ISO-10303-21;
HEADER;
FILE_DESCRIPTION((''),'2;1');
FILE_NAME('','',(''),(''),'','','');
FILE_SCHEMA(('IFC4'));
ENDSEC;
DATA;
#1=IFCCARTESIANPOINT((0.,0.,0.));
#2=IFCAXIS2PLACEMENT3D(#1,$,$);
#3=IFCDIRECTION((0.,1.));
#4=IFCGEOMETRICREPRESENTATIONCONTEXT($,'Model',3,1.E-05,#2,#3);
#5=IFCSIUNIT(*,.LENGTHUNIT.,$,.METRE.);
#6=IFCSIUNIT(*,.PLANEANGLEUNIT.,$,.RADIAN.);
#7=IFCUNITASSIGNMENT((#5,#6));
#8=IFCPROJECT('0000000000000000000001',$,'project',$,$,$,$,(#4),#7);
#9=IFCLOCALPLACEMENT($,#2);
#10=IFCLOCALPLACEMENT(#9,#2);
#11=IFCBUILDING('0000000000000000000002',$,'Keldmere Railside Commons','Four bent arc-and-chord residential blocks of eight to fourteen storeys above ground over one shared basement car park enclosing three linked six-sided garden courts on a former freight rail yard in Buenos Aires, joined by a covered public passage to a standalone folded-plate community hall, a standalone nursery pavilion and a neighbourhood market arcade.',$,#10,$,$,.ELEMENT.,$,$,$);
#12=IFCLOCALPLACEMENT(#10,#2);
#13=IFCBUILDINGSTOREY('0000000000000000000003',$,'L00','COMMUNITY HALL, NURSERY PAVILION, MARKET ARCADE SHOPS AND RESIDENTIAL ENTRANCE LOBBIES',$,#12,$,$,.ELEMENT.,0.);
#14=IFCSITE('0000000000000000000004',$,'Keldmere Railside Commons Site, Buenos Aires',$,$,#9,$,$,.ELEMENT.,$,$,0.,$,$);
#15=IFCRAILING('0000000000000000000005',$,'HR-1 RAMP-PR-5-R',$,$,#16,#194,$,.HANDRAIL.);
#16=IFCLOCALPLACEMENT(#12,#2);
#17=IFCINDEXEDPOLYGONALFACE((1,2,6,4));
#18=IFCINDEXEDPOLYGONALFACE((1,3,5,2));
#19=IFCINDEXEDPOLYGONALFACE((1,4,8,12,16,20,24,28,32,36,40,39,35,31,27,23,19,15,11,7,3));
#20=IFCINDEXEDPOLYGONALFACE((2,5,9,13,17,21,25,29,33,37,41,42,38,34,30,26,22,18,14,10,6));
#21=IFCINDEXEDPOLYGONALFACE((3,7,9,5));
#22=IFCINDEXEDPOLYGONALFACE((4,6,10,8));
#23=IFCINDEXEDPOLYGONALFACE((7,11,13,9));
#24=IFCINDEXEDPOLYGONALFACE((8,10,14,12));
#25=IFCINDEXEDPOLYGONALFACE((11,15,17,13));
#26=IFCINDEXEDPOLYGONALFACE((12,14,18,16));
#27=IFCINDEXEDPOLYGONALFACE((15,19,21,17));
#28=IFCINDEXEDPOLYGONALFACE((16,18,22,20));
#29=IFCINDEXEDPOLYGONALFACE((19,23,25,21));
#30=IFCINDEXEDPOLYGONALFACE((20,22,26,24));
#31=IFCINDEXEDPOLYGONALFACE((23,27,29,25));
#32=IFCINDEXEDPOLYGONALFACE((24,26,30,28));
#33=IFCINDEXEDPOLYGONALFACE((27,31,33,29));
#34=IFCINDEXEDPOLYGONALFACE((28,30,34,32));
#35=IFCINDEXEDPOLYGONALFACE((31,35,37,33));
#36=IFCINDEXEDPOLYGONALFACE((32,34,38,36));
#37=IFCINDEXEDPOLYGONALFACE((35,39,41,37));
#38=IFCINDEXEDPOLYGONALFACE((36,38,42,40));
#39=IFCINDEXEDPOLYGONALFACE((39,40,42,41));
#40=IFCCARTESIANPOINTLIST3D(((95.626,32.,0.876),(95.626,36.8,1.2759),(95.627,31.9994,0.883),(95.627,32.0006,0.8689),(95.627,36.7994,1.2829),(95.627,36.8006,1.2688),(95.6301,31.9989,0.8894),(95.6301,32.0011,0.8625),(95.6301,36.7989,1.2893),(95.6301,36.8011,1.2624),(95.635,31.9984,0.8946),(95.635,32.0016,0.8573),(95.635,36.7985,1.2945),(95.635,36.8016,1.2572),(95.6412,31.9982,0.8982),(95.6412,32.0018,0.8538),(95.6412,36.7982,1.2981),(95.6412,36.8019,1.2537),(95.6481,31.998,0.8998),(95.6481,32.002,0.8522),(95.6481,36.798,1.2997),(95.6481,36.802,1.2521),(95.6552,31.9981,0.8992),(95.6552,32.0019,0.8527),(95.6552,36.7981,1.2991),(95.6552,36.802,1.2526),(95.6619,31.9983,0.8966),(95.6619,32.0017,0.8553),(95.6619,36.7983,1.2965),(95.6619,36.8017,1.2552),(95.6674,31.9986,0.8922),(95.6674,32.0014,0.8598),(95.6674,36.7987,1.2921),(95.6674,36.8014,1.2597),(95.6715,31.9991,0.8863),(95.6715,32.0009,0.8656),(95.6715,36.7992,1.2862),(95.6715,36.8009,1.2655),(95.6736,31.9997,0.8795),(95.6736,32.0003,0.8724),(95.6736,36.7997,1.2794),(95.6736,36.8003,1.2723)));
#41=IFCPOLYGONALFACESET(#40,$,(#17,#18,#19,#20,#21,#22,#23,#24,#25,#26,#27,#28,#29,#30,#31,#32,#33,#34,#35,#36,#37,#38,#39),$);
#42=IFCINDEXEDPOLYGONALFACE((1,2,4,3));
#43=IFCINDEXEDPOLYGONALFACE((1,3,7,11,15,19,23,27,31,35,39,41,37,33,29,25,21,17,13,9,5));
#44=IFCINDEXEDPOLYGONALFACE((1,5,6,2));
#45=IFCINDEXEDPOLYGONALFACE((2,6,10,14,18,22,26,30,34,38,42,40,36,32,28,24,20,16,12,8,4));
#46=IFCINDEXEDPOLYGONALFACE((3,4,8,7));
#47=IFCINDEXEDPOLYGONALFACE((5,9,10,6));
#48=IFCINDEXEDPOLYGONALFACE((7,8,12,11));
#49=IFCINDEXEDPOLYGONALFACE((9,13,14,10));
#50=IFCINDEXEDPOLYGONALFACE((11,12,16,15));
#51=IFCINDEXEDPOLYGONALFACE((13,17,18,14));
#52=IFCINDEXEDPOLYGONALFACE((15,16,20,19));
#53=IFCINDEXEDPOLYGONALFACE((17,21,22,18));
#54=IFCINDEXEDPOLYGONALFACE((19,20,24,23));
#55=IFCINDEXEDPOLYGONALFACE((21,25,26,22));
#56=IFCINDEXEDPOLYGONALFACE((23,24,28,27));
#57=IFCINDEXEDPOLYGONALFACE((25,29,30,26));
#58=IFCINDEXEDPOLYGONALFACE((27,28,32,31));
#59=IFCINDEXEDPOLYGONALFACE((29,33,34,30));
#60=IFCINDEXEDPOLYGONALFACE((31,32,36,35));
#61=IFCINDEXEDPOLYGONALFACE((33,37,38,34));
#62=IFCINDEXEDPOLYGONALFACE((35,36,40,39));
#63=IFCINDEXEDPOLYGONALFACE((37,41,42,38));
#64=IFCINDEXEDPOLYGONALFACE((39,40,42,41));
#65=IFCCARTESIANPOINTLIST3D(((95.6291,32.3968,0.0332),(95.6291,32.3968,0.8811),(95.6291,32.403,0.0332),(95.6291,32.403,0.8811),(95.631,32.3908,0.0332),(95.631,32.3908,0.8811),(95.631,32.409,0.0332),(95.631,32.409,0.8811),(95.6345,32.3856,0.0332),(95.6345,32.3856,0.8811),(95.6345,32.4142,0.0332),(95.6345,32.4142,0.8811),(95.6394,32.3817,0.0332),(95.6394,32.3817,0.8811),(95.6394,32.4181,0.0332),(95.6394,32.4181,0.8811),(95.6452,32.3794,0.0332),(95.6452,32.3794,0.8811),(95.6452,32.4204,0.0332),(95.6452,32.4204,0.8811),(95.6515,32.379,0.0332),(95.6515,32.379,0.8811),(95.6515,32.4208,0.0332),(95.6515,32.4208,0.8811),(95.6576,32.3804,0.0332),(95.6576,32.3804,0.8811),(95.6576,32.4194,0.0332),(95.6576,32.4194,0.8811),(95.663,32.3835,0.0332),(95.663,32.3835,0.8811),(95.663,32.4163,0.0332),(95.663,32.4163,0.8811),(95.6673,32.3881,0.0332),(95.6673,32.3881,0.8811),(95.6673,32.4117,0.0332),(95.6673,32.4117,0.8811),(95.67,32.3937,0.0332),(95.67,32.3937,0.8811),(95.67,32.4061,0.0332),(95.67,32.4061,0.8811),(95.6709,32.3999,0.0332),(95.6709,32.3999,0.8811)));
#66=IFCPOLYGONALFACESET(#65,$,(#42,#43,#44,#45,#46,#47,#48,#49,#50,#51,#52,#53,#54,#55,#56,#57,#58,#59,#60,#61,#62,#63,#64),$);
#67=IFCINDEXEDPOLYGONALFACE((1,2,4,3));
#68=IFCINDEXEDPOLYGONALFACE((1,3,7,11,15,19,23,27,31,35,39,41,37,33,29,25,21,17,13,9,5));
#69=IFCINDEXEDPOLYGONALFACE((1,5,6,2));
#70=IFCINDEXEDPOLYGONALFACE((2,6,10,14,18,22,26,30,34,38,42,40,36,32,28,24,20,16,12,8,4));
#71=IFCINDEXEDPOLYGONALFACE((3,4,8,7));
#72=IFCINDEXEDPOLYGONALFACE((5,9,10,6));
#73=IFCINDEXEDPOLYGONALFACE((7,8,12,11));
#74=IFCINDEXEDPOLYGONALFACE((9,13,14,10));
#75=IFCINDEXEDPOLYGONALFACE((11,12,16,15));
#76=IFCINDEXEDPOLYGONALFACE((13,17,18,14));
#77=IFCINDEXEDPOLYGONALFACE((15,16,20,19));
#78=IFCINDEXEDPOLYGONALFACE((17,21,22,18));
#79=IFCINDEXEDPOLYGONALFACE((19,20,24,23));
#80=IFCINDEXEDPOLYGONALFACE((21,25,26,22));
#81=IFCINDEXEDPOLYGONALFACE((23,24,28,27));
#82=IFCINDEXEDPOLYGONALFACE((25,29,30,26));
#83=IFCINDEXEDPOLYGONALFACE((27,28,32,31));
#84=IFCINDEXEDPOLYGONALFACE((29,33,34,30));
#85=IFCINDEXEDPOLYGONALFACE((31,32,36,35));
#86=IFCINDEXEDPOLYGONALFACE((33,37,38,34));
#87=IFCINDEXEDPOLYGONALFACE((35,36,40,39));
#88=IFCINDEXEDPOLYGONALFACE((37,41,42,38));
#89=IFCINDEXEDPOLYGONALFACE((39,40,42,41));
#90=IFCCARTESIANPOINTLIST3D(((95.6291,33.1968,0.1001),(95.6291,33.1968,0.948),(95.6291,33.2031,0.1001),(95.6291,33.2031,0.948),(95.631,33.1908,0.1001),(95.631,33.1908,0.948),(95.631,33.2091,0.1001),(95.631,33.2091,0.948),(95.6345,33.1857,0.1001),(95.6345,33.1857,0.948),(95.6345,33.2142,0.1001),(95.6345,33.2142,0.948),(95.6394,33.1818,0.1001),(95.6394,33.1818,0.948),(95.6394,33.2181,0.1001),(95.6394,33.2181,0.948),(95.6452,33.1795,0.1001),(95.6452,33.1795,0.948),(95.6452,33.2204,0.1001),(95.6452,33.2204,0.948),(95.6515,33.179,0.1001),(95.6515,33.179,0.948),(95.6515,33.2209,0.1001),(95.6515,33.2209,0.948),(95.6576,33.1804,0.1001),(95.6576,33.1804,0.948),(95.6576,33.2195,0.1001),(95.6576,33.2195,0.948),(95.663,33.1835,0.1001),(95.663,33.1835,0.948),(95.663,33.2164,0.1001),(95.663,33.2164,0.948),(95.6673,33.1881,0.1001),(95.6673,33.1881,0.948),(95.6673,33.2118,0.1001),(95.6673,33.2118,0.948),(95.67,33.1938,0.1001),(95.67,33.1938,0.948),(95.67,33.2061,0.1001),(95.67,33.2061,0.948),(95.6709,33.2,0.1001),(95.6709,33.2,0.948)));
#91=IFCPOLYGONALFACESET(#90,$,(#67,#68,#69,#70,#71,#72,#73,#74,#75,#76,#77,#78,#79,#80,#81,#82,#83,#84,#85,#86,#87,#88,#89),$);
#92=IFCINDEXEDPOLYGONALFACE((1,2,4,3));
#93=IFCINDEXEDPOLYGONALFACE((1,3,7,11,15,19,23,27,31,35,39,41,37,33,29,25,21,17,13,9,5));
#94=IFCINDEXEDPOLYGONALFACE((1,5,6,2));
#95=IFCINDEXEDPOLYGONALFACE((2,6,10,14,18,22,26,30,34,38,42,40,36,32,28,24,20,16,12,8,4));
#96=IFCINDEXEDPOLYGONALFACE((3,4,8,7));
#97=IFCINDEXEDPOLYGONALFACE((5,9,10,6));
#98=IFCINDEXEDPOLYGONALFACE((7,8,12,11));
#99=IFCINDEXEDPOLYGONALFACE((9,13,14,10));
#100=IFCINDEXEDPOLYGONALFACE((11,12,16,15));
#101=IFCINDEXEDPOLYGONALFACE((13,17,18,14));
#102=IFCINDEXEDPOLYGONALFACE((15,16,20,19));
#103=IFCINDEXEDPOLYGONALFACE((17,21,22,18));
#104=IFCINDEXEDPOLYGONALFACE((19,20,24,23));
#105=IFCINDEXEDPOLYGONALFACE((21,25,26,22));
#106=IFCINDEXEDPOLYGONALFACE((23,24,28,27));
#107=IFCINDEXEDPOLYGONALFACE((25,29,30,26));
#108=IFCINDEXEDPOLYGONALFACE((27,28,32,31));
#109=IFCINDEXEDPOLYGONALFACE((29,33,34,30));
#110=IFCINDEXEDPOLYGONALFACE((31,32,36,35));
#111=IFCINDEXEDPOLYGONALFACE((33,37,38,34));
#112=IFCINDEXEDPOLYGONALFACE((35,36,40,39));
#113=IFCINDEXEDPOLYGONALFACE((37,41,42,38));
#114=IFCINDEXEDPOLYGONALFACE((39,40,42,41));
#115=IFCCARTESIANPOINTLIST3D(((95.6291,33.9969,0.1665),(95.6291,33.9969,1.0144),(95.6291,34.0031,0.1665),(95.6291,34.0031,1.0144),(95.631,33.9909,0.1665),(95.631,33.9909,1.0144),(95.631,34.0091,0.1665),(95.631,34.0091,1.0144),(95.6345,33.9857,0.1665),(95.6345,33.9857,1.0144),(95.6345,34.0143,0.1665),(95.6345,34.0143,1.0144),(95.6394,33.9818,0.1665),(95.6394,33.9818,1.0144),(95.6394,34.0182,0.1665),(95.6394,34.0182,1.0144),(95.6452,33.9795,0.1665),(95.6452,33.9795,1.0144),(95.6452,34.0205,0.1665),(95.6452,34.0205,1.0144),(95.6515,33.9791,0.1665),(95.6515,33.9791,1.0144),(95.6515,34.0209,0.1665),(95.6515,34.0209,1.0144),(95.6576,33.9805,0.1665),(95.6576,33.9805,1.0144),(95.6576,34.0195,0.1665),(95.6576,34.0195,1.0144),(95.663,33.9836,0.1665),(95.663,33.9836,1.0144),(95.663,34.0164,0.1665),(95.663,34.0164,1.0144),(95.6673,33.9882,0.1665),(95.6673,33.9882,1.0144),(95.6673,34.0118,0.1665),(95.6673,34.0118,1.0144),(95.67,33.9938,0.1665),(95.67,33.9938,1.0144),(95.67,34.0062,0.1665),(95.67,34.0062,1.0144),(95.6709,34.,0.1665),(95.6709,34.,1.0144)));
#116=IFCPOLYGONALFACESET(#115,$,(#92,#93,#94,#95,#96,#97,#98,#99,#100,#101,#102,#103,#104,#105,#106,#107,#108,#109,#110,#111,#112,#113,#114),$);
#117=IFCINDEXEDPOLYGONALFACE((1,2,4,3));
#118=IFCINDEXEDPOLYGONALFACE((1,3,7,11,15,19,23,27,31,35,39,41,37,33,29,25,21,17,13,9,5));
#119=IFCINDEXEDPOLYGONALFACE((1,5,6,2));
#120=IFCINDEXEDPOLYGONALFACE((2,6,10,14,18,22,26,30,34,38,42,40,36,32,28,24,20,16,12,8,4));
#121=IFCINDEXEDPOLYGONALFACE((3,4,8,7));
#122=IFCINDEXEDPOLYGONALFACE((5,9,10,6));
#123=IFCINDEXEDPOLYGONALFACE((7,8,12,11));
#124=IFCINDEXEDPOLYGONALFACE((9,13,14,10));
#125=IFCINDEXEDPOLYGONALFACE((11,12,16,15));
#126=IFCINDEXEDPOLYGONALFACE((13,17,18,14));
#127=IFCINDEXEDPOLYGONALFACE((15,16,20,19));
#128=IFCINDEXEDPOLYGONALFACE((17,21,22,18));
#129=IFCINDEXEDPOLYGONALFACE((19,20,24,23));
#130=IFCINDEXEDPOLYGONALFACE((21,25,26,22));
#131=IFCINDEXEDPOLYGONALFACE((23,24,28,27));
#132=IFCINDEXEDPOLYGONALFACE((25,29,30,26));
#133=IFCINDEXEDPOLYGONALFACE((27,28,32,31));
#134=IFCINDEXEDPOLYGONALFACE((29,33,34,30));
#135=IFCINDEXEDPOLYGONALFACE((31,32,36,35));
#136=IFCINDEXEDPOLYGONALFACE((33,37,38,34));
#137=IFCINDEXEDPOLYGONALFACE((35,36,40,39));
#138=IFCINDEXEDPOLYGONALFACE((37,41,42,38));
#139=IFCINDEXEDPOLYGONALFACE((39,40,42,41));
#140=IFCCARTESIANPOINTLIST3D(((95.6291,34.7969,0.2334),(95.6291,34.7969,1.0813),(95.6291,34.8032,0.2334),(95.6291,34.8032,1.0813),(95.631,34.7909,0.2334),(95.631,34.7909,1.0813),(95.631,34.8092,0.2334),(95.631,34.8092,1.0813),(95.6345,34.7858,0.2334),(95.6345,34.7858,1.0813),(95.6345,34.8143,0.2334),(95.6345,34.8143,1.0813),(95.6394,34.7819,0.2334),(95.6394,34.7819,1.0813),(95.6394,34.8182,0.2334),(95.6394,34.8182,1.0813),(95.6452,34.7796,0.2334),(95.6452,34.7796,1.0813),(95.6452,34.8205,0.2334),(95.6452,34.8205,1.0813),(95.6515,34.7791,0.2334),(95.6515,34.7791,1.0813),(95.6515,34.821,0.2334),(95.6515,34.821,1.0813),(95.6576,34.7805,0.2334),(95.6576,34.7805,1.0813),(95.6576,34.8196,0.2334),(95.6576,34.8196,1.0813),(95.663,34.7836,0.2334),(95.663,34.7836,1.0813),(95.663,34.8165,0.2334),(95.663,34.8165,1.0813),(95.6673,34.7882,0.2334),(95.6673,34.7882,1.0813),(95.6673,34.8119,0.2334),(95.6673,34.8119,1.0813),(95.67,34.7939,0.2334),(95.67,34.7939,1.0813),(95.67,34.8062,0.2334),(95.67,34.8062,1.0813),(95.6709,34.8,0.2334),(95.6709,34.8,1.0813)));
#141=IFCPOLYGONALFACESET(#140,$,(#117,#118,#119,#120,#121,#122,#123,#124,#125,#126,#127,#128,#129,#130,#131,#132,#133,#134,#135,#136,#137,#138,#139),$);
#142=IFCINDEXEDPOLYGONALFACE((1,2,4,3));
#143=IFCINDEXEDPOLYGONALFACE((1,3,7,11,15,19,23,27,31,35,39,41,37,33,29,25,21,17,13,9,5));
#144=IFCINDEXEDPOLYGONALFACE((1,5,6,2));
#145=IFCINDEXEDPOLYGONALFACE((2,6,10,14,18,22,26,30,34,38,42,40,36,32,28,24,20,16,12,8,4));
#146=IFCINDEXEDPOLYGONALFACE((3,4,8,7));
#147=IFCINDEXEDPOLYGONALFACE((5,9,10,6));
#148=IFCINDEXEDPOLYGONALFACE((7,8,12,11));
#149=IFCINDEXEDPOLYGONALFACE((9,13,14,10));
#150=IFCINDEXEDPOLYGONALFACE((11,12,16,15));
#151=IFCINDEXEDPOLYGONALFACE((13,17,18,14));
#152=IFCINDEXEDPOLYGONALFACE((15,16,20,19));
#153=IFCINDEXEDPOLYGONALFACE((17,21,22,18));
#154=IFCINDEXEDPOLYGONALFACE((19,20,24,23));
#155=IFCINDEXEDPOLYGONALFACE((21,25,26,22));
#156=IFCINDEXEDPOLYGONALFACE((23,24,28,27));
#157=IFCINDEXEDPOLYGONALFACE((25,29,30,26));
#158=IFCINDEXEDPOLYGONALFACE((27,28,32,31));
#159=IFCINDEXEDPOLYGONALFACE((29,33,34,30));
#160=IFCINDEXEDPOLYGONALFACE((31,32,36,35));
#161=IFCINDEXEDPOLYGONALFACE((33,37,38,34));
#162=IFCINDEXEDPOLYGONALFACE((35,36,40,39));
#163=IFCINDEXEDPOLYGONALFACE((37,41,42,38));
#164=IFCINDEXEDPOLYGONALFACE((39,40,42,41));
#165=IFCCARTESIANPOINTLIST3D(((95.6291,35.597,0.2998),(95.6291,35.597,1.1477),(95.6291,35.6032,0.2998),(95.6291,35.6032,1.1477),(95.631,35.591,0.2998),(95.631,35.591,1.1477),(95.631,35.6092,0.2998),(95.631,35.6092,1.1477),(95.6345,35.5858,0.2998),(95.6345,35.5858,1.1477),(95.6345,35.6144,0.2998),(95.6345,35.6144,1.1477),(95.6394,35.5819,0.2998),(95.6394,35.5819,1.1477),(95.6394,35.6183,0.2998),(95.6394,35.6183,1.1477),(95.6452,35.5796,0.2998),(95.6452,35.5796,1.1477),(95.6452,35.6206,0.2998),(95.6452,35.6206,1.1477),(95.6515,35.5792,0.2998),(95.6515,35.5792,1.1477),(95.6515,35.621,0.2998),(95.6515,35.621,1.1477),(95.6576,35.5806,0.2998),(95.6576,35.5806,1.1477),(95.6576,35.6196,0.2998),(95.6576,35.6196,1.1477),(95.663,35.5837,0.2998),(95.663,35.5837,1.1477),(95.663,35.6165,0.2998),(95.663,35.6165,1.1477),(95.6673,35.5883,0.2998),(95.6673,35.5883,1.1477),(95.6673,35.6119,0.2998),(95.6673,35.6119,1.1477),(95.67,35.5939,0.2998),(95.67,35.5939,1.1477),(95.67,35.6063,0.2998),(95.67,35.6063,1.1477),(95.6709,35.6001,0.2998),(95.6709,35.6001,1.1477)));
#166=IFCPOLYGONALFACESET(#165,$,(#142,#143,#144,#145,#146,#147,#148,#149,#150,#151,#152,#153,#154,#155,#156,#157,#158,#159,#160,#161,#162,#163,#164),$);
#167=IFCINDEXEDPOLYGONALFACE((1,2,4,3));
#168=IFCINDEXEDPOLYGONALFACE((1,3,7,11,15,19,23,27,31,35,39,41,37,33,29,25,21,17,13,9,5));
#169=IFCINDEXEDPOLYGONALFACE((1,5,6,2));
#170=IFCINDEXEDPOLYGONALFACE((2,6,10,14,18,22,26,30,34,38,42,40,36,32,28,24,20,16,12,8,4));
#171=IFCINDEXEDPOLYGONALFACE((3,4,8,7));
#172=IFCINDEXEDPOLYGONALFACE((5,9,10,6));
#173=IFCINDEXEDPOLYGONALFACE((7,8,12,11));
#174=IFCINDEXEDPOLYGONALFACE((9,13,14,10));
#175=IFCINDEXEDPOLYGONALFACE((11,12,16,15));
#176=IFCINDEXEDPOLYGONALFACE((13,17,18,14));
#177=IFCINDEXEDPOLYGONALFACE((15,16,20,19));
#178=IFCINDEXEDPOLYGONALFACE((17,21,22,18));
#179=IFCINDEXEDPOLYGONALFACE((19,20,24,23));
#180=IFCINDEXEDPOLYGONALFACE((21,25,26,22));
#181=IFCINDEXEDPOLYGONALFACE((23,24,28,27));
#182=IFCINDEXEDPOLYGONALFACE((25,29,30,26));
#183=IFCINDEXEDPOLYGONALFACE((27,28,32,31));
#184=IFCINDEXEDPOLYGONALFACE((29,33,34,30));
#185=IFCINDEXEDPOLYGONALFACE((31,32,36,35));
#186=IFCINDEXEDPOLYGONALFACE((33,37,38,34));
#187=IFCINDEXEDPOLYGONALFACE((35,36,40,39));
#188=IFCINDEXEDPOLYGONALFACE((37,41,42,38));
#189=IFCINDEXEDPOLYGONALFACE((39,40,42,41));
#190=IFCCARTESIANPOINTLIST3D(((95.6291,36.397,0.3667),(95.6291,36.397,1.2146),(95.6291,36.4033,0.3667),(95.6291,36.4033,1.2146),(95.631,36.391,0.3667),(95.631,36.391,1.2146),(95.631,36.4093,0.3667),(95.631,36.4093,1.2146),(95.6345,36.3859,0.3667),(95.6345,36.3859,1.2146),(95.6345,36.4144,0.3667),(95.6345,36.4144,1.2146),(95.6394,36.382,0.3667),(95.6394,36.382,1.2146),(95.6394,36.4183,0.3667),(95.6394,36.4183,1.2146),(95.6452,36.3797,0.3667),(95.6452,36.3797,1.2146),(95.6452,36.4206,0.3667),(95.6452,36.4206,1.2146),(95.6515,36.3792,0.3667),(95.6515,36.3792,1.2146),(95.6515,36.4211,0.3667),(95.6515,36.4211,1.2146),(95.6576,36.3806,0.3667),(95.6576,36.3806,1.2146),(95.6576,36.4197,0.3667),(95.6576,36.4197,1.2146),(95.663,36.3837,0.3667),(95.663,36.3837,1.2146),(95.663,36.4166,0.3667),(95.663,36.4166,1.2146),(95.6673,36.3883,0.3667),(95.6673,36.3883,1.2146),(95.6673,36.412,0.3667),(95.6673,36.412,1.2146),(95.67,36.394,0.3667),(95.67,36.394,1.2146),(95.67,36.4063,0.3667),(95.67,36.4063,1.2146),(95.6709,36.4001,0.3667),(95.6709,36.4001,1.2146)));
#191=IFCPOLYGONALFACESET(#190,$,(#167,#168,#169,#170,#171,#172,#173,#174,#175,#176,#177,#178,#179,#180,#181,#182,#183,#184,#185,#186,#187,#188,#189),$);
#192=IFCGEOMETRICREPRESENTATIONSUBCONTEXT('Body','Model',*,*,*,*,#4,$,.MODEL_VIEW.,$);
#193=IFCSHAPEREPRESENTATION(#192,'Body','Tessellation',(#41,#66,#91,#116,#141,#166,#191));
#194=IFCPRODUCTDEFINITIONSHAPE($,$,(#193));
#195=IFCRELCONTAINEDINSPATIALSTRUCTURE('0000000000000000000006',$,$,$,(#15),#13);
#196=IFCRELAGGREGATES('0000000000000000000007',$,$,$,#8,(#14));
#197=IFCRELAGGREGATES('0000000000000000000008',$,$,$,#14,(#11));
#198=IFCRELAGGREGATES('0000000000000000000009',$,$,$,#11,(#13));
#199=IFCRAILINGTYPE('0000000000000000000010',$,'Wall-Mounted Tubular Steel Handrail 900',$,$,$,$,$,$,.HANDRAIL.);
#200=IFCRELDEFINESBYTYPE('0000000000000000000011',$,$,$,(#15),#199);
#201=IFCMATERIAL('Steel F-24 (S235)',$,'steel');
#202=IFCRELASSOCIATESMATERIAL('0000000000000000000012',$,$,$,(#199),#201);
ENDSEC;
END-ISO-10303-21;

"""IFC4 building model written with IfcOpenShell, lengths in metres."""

from ifc_helpers import new_model, si_unit, direction, frame, origin, origin_2d, place, context, subcontext, project, spatial, circle, extrude, material, type_object, element, save


model = new_model("IFC4")

# Units and contexts
model_context = context("Model", 3, precision=1e-05, world=origin(), true_north=direction((0.0, 1.0)))
body_context = subcontext(model_context, "Body", "Model", "MODEL_VIEW")
ifc_project = project(units=[si_unit("LENGTHUNIT", "METRE"), si_unit("PLANEANGLEUNIT", "RADIAN")], contexts=[model_context])

# Site, building, storey
site_placement = place(None, origin())
site = spatial("IfcSite", under=ifc_project, at=site_placement, Name="Keldmere Railside Commons Site, Buenos Aires", CompositionType="ELEMENT", RefElevation=0.0)
building_placement = place(site_placement, origin())
building = spatial("IfcBuilding", under=site, at=building_placement, Name="Keldmere Railside Commons", Description="Four bent arc-and-chord residential blocks of eight to fourteen storeys above ground over one shared basement car park enclosing three linked six-sided garden courts on a former freight rail yard in Buenos Aires, joined by a covered public passage to a standalone folded-plate community hall, a standalone nursery pavilion and a neighbourhood market arcade.", CompositionType="ELEMENT")
storey_placement = place(building_placement, origin())
storey = spatial("IfcBuildingStorey", under=building, at=storey_placement, Name="L00", Description="COMMUNITY HALL, NURSERY PAVILION, MARKET ARCADE SHOPS AND RESIDENTIAL ENTRANCE LOBBIES", CompositionType="ELEMENT", Elevation=0.0)

# Railing
ifc_material_1 = material(Name="Steel F-24 (S235)", Category="steel")
railing_type_1 = type_object("IfcRailingType", Name="Wall-Mounted Tubular Steel Handrail 900", PredefinedType="HANDRAIL", material=ifc_material_1)
for number, where, name in (
    (1, (95.6499, 32.0, 0.0), "HR-1 RAMP-PR-5-R"),
):
    element("IfcRailing", number, at=place(storey_placement, frame(where)), inside=storey, type_object=railing_type_1, Name=name, PredefinedType="HANDRAIL", context=body_context, shape_type="SweptSolid", body=[
        extrude(circle(Radius=0.0239, at=origin_2d()), frame((0.0, 0.0, 0.876), z_axis=(0.0, 0.996548, 0.083025), x_axis=(-1.0, 0.0, 0.0)), (0.0, 0.0, 1.0), 4.8167),
        extrude(circle(Radius=0.021, at=origin_2d()), frame((0.0, 0.3999, 0.0332)), (0.0, 0.0, 1.0), 0.8479),
        extrude(circle(Radius=0.021, at=origin_2d()), frame((0.0, 1.2, 0.1001)), (0.0, 0.0, 1.0), 0.8479),
        extrude(circle(Radius=0.021, at=origin_2d()), frame((0.0, 2.0, 0.1665)), (0.0, 0.0, 1.0), 0.8479),
        extrude(circle(Radius=0.021, at=origin_2d()), frame((0.0, 2.8, 0.2334)), (0.0, 0.0, 1.0), 0.8479),
        extrude(circle(Radius=0.021, at=origin_2d()), frame((0.0, 3.6001, 0.2998)), (0.0, 0.0, 1.0), 0.8479),
        extrude(circle(Radius=0.021, at=origin_2d()), frame((0.0, 4.4001, 0.3667)), (0.0, 0.0, 1.0), 0.8479),
    ])

save(model, "model.ifc")
